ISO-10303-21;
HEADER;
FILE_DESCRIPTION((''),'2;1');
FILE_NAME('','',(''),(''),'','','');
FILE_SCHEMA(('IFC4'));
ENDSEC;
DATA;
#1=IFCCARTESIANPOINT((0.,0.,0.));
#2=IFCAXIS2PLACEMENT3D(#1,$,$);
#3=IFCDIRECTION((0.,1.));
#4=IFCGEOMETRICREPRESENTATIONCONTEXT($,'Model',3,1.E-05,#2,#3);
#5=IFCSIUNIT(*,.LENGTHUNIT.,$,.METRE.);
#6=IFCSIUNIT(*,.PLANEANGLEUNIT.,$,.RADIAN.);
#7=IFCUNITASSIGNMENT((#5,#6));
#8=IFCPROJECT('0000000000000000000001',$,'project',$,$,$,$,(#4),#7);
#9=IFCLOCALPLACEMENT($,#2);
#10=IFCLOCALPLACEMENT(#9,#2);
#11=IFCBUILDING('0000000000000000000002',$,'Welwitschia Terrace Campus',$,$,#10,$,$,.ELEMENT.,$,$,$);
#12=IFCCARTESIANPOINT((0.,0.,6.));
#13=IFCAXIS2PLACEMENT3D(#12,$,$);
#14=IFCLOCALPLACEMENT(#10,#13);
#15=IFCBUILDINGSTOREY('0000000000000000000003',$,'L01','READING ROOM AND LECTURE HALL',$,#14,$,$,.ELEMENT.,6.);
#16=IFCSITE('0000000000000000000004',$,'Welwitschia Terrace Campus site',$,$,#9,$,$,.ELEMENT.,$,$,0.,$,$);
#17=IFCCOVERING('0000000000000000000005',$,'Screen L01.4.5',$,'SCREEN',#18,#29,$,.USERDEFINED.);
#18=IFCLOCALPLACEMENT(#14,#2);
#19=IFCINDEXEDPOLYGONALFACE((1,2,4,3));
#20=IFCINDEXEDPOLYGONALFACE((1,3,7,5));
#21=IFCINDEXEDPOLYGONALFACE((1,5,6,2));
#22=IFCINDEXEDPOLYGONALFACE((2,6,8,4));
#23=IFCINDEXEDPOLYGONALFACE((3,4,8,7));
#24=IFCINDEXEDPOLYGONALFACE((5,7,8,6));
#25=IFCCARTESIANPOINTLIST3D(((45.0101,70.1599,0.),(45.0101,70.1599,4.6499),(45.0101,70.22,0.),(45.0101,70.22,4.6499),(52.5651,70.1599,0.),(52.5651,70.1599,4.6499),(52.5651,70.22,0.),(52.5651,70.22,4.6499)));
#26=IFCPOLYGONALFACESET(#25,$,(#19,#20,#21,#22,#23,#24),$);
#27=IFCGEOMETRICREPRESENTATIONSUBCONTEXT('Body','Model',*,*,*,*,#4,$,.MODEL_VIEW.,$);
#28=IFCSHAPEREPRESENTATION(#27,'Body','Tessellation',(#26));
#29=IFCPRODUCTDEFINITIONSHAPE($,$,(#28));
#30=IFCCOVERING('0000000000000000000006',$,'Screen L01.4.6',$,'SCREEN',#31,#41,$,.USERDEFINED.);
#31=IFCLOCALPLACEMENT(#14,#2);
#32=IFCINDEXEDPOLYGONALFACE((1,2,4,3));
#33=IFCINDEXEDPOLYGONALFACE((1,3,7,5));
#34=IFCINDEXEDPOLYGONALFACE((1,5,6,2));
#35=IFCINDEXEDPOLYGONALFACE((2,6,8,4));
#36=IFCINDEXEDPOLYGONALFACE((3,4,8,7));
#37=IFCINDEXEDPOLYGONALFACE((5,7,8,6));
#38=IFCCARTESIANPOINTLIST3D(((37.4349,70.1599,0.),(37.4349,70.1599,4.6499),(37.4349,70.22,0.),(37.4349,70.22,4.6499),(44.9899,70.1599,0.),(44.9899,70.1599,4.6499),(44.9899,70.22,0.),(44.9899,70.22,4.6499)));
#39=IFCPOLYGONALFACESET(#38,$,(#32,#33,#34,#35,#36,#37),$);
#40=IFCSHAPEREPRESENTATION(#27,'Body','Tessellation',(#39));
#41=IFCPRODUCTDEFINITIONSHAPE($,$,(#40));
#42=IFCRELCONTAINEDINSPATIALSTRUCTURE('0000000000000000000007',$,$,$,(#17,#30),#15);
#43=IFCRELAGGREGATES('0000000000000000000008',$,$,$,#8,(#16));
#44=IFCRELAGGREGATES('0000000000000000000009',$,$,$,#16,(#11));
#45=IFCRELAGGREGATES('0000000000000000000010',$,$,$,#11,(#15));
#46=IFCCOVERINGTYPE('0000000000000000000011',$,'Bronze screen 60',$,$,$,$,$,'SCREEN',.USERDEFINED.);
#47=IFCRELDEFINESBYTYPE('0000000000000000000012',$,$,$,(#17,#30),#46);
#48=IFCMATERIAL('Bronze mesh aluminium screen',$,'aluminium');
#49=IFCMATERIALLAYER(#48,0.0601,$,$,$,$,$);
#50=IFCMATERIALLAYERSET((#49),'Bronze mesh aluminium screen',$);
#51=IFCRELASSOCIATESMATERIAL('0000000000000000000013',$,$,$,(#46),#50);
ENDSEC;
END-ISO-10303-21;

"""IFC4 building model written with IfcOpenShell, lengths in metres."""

from ifc_helpers import new_model, si_unit, direction, frame, origin, origin_2d, place, context, subcontext, project, spatial, rectangle, extrude, material, layer, layer_set, type_object, element, save


model = new_model("IFC4")

# Units and contexts
model_context = context("Model", 3, precision=1e-05, world=origin(), true_north=direction((0.0, 1.0)))
body_context = subcontext(model_context, "Body", "Model", "MODEL_VIEW")
ifc_project = project(units=[si_unit("LENGTHUNIT", "METRE"), si_unit("PLANEANGLEUNIT", "RADIAN")], contexts=[model_context])

# Site, building, storey
site_placement = place(None, origin())
site = spatial("IfcSite", under=ifc_project, at=site_placement, Name="Welwitschia Terrace Campus site", CompositionType="ELEMENT", RefElevation=0.0)
building_placement = place(site_placement, origin())
building = spatial("IfcBuilding", under=site, at=building_placement, Name="Welwitschia Terrace Campus", CompositionType="ELEMENT")
storey_placement = place(building_placement, frame((0.0, 0.0, 6.0)))
storey = spatial("IfcBuildingStorey", under=building, at=storey_placement, Name="L01", Description="READING ROOM AND LECTURE HALL", CompositionType="ELEMENT", Elevation=6.0)

# Coverings
ifc_material_1 = material(Name="Bronze mesh aluminium screen", Category="aluminium")
ifc_layer_1 = layer(ifc_material_1, 0.0601)
ifc_layer_set_1 = layer_set([ifc_layer_1], Name="Bronze mesh aluminium screen")
covering_type = type_object("IfcCoveringType", Name="Bronze screen 60", ElementType="SCREEN", PredefinedType="USERDEFINED", material=ifc_layer_set_1)
for number, where, z_axis, x_axis, name in (
    (1, (48.7876, 70.1899, 0.0), (0.0, 0.0, 1.0), (-1.0, 0.0, 0.0), "Screen L01.4.5"),
    (2, (41.2124, 70.1899, 0.0), (0.0, 0.0, 1.0), (-1.0, 0.0, 0.0), "Screen L01.4.6"),
):
    element("IfcCovering", number, at=place(storey_placement, frame(where, z_axis=z_axis, x_axis=x_axis)), inside=storey, type_object=covering_type, Name=name, ObjectType="SCREEN", PredefinedType="USERDEFINED", context=body_context, shape_type="SweptSolid", body=[
        extrude(rectangle(XDim=7.5549, YDim=0.0601, at=origin_2d()), origin(), (0.0, 0.0, 1.0), 4.6499),
    ])

save(model, "model.ifc")
